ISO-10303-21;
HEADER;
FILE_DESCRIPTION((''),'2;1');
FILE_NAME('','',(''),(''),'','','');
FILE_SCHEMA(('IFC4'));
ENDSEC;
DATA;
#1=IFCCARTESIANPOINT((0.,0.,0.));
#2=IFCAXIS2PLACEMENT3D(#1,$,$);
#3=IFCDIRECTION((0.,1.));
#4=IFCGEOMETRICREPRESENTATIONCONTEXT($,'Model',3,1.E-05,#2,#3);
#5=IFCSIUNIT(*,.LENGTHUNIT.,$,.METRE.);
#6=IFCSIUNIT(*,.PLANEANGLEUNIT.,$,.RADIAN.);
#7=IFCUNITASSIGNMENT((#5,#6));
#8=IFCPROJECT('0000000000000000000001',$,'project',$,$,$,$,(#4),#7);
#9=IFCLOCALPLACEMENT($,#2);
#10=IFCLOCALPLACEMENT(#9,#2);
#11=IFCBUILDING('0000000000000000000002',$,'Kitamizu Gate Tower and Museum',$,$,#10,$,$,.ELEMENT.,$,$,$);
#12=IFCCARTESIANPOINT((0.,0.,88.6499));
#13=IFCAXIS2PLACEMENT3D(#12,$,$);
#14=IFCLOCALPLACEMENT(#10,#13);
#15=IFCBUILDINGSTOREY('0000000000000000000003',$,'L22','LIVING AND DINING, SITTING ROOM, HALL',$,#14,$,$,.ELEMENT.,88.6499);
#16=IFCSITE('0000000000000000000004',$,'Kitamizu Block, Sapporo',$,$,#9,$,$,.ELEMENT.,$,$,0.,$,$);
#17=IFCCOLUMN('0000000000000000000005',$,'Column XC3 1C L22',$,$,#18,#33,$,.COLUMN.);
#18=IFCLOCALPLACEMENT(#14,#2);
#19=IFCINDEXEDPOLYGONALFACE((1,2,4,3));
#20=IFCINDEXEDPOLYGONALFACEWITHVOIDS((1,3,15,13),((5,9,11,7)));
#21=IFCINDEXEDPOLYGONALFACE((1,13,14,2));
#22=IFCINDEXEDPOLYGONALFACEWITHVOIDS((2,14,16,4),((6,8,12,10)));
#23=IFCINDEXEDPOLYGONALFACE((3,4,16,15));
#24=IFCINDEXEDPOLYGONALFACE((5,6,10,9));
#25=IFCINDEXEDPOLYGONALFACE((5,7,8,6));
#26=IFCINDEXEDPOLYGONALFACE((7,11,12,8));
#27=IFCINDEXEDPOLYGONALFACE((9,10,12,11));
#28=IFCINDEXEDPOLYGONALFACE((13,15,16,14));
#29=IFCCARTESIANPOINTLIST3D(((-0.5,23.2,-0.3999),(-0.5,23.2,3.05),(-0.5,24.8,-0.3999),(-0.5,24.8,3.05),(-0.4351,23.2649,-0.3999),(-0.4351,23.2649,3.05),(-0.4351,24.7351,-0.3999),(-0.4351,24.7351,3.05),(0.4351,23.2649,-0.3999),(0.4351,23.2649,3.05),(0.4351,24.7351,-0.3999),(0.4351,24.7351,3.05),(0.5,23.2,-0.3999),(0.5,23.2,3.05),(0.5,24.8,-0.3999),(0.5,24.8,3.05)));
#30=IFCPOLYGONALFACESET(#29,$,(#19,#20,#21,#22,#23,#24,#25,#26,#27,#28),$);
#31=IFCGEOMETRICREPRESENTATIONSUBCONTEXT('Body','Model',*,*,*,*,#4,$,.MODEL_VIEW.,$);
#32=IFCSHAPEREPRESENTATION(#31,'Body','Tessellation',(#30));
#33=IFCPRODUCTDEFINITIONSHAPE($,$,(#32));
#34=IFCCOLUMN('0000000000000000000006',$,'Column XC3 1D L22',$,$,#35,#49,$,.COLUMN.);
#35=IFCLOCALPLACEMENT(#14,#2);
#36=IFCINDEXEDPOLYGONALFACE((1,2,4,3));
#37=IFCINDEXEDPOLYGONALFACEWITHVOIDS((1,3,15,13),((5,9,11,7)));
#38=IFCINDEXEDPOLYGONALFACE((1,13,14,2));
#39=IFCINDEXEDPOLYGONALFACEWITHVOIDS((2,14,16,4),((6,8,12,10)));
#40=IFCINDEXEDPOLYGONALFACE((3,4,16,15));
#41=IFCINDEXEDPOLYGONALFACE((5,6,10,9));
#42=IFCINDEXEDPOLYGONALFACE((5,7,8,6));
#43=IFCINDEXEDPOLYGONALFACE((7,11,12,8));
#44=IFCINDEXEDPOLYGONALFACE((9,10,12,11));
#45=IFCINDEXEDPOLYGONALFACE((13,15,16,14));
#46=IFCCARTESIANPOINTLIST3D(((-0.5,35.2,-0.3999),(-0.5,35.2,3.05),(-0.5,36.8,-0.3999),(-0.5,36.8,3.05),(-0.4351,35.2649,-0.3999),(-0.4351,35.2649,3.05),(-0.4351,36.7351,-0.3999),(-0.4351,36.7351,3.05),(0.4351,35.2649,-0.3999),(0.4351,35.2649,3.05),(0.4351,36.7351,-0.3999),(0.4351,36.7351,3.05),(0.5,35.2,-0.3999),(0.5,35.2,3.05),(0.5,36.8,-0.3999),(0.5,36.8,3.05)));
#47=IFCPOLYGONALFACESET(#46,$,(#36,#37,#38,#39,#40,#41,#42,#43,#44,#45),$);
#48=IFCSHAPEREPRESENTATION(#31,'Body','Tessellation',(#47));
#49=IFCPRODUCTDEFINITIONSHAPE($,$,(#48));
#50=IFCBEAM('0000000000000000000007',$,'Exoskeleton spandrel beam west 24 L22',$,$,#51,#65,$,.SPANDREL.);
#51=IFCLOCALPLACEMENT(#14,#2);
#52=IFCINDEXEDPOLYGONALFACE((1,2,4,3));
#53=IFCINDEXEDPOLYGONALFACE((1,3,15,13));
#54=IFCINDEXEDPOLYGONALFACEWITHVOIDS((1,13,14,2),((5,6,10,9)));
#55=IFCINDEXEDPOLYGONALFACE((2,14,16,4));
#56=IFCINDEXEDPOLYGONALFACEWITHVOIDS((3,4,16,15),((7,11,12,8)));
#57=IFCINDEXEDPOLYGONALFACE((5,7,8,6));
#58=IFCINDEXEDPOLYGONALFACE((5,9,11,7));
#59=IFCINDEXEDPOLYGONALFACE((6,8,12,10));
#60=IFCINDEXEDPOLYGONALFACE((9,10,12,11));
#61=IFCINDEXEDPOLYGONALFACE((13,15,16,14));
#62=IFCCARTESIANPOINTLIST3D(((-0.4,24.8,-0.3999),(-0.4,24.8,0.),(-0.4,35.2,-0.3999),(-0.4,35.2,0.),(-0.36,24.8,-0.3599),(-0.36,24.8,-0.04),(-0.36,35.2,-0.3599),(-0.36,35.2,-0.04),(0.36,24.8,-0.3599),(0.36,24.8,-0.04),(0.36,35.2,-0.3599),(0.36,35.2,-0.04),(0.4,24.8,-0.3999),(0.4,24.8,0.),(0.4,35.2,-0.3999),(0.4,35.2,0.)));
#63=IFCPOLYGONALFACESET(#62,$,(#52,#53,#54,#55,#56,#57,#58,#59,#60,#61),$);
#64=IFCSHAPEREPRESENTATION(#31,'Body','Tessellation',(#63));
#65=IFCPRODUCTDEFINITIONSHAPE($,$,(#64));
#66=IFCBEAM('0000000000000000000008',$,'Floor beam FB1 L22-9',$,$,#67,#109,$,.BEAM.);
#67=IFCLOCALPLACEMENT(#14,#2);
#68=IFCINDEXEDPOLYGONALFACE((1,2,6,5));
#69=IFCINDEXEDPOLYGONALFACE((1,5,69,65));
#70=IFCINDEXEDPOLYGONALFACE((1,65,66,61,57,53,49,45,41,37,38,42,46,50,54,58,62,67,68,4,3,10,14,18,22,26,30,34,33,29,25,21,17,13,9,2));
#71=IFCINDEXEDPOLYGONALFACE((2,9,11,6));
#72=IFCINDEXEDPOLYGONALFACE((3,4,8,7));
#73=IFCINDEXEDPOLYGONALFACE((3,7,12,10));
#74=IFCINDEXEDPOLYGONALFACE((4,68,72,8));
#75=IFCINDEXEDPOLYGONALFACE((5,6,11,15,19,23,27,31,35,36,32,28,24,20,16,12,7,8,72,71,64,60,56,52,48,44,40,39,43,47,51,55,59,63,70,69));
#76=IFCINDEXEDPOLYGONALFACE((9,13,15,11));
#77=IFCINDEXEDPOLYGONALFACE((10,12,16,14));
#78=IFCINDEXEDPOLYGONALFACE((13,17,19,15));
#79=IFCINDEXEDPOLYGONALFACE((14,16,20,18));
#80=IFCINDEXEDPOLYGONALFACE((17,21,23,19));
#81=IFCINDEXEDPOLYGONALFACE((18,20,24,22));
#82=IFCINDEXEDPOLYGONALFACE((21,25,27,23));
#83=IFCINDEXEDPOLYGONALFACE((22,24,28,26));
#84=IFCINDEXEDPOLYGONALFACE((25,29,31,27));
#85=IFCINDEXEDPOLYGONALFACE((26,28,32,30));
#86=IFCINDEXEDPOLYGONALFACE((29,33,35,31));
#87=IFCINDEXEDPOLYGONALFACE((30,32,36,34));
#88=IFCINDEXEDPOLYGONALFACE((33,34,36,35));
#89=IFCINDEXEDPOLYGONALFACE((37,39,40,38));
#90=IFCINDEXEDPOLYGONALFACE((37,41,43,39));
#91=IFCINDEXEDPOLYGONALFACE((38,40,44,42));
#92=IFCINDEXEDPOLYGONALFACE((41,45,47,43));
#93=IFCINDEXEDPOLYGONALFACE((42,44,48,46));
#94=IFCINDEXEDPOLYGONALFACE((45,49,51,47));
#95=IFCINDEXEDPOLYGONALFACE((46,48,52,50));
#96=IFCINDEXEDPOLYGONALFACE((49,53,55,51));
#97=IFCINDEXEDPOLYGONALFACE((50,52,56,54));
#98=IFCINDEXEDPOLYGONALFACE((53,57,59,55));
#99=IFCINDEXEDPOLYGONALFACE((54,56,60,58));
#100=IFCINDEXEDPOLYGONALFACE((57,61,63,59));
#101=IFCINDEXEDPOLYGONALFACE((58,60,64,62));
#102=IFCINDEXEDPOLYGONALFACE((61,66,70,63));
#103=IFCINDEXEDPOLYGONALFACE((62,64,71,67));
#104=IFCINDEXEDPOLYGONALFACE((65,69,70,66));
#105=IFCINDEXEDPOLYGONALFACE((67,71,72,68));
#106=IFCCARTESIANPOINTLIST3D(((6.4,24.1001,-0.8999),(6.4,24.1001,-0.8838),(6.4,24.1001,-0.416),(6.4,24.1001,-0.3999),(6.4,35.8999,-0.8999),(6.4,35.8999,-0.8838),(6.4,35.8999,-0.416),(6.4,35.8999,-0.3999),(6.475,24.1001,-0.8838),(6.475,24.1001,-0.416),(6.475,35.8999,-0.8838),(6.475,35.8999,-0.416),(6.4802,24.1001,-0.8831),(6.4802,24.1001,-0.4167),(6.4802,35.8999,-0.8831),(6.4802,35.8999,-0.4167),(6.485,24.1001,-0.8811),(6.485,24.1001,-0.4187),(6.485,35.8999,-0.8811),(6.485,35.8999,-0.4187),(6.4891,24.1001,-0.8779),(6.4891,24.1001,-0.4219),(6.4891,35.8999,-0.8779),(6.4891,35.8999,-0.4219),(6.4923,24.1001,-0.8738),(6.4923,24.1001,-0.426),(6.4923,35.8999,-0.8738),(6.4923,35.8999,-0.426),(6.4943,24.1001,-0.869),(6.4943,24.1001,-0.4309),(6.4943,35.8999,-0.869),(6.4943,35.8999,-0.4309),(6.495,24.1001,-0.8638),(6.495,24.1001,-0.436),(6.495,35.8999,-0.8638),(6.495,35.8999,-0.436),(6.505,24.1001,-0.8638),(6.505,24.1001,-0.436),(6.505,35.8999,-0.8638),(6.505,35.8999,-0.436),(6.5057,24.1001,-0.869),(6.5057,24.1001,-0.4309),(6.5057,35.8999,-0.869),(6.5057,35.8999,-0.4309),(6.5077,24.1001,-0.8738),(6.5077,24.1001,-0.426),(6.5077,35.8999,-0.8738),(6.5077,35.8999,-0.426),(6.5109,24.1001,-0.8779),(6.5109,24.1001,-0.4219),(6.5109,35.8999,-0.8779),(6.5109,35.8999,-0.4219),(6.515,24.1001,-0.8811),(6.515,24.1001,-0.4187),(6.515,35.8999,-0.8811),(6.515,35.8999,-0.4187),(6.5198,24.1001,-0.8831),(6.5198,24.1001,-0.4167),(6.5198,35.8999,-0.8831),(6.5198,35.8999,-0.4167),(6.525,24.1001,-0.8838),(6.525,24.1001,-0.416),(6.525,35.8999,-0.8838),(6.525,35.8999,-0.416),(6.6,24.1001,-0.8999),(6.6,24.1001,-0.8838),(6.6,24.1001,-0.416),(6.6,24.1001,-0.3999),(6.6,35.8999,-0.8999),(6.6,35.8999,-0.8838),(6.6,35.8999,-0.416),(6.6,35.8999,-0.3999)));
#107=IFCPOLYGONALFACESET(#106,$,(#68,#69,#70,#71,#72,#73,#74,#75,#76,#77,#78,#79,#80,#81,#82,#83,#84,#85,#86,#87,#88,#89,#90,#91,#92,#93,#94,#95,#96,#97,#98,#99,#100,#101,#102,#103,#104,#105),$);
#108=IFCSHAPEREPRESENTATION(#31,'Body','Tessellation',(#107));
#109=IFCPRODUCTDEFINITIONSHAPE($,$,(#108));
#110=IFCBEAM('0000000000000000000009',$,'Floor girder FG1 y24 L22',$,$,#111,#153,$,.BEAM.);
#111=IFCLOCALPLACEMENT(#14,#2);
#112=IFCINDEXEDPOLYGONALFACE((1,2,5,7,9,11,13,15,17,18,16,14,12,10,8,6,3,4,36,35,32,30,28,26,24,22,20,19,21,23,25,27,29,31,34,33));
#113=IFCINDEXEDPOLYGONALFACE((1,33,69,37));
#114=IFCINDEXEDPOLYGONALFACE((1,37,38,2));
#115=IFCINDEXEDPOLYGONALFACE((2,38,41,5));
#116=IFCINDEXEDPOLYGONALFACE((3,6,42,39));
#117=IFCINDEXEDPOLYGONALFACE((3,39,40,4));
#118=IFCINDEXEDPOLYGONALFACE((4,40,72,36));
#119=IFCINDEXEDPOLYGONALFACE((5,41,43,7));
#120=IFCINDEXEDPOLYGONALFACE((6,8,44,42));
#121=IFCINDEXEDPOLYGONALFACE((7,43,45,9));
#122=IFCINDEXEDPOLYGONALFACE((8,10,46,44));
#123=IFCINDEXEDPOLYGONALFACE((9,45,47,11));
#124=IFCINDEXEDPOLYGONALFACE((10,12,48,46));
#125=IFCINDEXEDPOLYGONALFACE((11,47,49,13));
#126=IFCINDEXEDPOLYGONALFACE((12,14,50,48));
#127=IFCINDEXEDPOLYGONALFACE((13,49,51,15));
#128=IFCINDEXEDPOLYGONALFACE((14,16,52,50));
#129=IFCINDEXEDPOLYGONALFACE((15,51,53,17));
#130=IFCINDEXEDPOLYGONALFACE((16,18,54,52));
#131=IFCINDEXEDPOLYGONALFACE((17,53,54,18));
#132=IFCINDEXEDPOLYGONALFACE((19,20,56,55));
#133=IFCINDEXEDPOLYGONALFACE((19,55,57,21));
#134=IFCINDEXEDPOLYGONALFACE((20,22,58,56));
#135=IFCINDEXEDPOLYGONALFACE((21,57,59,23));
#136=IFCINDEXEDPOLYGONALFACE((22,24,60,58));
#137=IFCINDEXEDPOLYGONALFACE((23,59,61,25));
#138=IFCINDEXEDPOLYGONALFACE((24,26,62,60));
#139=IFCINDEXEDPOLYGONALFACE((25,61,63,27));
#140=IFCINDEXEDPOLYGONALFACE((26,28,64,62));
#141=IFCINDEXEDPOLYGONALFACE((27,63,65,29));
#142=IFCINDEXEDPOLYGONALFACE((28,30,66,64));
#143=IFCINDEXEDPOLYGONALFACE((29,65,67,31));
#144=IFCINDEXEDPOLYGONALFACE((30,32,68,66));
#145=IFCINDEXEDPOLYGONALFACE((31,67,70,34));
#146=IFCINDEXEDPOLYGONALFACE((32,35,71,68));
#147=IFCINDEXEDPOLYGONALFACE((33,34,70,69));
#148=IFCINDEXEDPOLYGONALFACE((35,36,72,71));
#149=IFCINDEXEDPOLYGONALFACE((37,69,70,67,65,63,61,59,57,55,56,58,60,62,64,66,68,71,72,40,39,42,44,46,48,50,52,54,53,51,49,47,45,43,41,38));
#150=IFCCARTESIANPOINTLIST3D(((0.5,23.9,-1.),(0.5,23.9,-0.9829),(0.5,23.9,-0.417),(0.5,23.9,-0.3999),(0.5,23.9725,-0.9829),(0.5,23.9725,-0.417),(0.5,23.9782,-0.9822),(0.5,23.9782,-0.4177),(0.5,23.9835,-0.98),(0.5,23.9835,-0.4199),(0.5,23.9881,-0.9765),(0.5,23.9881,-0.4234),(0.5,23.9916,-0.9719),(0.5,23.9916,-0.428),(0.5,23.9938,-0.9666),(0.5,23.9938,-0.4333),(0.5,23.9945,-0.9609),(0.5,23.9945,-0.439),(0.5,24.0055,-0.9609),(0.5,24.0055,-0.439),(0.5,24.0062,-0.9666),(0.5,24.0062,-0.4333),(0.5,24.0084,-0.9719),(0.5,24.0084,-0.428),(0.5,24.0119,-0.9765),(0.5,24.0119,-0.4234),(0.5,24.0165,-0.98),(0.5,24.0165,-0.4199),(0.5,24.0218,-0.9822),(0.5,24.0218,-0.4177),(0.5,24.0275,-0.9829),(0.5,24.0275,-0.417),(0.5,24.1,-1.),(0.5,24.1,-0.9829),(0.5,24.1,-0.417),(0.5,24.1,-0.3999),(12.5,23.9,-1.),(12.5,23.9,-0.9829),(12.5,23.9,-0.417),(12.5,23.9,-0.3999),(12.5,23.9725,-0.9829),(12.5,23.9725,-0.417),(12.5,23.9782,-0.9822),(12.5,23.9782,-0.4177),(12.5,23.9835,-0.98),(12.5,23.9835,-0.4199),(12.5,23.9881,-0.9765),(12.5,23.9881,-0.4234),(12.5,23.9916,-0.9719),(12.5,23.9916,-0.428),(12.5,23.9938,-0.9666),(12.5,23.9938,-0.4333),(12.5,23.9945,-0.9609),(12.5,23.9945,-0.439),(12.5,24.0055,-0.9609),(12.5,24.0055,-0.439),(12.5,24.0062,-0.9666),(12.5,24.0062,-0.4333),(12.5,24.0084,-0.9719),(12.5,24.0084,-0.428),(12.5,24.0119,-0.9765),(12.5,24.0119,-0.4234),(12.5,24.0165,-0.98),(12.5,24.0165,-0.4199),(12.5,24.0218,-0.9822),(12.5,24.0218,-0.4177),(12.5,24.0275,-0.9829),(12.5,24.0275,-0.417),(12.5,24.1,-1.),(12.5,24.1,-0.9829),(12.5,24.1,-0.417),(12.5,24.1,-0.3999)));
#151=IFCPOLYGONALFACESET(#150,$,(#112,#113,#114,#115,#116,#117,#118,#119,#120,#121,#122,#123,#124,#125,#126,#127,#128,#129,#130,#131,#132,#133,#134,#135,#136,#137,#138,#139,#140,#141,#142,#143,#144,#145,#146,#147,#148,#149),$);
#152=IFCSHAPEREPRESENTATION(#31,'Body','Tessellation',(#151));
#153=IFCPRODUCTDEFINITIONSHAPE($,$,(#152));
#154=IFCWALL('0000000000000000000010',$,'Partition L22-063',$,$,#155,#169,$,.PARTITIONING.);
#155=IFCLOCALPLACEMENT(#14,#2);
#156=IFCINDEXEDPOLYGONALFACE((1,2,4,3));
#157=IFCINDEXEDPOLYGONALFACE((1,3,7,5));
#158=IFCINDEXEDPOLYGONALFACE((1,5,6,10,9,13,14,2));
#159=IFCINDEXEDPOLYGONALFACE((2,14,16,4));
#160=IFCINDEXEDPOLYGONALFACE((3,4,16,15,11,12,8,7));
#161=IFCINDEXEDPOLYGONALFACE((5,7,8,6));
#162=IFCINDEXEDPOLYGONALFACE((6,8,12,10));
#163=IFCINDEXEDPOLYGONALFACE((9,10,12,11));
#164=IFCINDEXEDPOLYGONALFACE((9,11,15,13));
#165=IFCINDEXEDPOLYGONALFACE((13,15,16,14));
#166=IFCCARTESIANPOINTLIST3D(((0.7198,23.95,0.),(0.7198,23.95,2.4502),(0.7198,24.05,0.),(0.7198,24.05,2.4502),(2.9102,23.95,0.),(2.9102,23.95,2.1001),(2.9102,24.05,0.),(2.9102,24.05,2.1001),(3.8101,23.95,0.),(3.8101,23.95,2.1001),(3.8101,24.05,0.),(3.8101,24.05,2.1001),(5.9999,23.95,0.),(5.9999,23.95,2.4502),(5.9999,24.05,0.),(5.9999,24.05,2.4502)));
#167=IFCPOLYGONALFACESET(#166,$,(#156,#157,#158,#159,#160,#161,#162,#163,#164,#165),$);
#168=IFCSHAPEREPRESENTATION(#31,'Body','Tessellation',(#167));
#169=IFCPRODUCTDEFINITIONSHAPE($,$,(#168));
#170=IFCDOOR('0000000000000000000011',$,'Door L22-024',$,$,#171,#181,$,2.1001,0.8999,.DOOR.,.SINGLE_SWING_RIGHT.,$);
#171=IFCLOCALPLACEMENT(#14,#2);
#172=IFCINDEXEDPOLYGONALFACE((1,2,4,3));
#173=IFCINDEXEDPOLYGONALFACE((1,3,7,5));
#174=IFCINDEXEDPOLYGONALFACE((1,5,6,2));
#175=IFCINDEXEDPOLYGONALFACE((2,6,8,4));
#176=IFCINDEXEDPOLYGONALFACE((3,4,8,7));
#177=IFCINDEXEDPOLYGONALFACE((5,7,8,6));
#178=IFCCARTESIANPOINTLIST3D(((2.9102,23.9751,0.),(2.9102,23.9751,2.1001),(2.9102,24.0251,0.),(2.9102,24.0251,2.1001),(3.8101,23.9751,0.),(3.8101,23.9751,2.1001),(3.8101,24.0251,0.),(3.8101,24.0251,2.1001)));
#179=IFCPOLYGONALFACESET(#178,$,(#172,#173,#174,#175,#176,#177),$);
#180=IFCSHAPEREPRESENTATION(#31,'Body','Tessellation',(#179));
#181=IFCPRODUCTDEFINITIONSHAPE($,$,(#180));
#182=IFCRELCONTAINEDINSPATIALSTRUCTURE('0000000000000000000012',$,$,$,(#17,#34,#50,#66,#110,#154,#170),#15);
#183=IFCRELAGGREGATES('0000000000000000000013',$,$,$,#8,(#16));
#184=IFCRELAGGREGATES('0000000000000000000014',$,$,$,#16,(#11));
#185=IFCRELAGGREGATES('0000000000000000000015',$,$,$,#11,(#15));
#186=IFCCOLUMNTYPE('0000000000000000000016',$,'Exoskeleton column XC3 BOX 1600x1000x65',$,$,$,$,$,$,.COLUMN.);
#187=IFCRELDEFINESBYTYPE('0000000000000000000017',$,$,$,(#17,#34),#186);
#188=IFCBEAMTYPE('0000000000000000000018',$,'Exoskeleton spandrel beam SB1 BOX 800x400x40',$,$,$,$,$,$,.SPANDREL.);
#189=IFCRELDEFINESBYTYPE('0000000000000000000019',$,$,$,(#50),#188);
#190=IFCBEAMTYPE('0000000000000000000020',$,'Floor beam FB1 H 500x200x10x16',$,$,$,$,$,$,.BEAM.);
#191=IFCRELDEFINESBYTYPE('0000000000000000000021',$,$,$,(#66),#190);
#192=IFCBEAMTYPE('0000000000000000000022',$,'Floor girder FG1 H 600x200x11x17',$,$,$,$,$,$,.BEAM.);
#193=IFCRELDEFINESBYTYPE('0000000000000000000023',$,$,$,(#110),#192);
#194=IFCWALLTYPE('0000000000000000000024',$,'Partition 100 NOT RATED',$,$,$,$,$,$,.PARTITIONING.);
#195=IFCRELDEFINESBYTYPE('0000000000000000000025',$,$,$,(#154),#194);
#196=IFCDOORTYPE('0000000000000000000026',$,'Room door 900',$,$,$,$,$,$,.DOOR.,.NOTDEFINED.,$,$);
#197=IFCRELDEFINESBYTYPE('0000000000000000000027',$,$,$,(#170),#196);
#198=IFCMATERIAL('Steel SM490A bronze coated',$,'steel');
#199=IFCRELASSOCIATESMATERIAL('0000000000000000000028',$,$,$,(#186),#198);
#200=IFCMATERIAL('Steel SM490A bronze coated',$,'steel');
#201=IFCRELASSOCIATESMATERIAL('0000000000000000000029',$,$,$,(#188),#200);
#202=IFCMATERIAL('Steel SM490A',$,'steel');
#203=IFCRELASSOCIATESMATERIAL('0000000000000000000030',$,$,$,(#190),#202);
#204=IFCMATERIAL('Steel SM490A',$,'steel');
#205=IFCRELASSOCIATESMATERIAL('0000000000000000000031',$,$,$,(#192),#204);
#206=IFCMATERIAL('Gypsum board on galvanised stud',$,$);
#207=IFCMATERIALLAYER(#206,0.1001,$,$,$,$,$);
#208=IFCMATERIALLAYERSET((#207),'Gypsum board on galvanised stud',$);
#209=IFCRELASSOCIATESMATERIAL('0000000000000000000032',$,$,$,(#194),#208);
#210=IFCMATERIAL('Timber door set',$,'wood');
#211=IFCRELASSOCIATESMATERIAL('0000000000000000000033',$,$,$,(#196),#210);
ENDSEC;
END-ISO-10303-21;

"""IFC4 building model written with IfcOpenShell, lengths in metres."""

from ifc_helpers import new_model, si_unit, direction, frame, frame_2d, origin, origin_2d, place, context, subcontext, project, spatial, rectangle, hollow_rectangle, i_section, extrude, material, layer, layer_set, material_profile, profile_set, type_object, element, fill, save


model = new_model("IFC4")

# Units and contexts
model_context = context("Model", 3, precision=1e-05, world=origin(), true_north=direction((0.0, 1.0)))
body_context = subcontext(model_context, "Body", "Model", "MODEL_VIEW")
ifc_project = project(units=[si_unit("LENGTHUNIT", "METRE"), si_unit("PLANEANGLEUNIT", "RADIAN")], contexts=[model_context])

# Site, building, storey
site_placement = place(None, origin())
site = spatial("IfcSite", under=ifc_project, at=site_placement, Name="Kitamizu Block, Sapporo", CompositionType="ELEMENT", RefElevation=0.0)
building_placement = place(site_placement, origin())
building = spatial("IfcBuilding", under=site, at=building_placement, Name="Kitamizu Gate Tower and Museum", CompositionType="ELEMENT")
storey_placement = place(building_placement, frame((0.0, 0.0, 88.6499)))
storey = spatial("IfcBuildingStorey", under=building, at=storey_placement, Name="L22", Description="LIVING AND DINING, SITTING ROOM, HALL", CompositionType="ELEMENT", Elevation=88.6499)

# Columns
ifc_material_1 = material(Name="Steel SM490A bronze coated", Category="steel")
ifc_material_profile_1 = material_profile(ifc_material_1, hollow_rectangle(XDim=1.6001, YDim=1.0, WallThickness=0.0649, at=origin_2d()), Name="BOX 1600x1000x65")
ifc_profile_set_1 = profile_set([ifc_material_profile_1], Name="Steel SM490A bronze coated")
column_type = type_object("IfcColumnType", Name="Exoskeleton column XC3 BOX 1600x1000x65", PredefinedType="COLUMN", material=ifc_profile_set_1)
for number, where, z_axis, x_axis, name in (
    (1, (0.0, 24.0, -0.3999), (0.0, 0.0, 1.0), (0.0, 1.0, 0.0), "Column XC3 1C L22"),
    (2, (0.0, 36.0, -0.3999), (0.0, 0.0, 1.0), (0.0, 1.0, 0.0), "Column XC3 1D L22"),
):
    element("IfcColumn", number, at=place(storey_placement, frame(where, z_axis=z_axis, x_axis=x_axis)), inside=storey, type_object=column_type, Name=name, PredefinedType="COLUMN", context=body_context, shape_type="SweptSolid", body=[
        extrude(hollow_rectangle(XDim=1.6001, YDim=1.0, WallThickness=0.0649, at=origin_2d()), origin(), (0.0, 0.0, 1.0), 3.45),
    ])

# Beams
ifc_material_2 = material(Name="Steel SM490A bronze coated", Category="steel")
ifc_material_profile_2 = material_profile(ifc_material_2, hollow_rectangle(XDim=0.8, YDim=0.3999, WallThickness=0.04, at=origin_2d()), Name="BOX 800x400x40")
ifc_profile_set_2 = profile_set([ifc_material_profile_2], Name="Steel SM490A bronze coated")
beam_type_1 = type_object("IfcBeamType", Name="Exoskeleton spandrel beam SB1 BOX 800x400x40", PredefinedType="SPANDREL", material=ifc_profile_set_2)
beam_1_placement = place(storey_placement, frame((0.0, 24.8, -0.2), z_axis=(0.0, 1.0, 0.0), x_axis=(-1.0, 0.0, 0.0)))
element("IfcBeam", 3, at=beam_1_placement, inside=storey, type_object=beam_type_1, Name="Exoskeleton spandrel beam west 24 L22", PredefinedType="SPANDREL", context=body_context, shape_type="SweptSolid", body=[
    extrude(hollow_rectangle(XDim=0.8, YDim=0.3999, WallThickness=0.04, at=origin_2d()), origin(), (0.0, 0.0, 1.0), 10.3999),
])
ifc_material_3 = material(Name="Steel SM490A", Category="steel")
ifc_material_profile_3 = material_profile(ifc_material_3, i_section(OverallWidth=0.2, OverallDepth=0.5, WebThickness=0.01, FlangeThickness=0.0161, FilletRadius=0.02, at=origin_2d()), Name="H-500x200x10x16")
ifc_profile_set_3 = profile_set([ifc_material_profile_3], Name="Steel SM490A")
beam_type_2 = type_object("IfcBeamType", Name="Floor beam FB1 H 500x200x10x16", PredefinedType="BEAM", material=ifc_profile_set_3)
beam_2_placement = place(storey_placement, frame((6.5, 24.1001, -0.6499), z_axis=(0.0, 1.0, 0.0), x_axis=(-1.0, 0.0, 0.0)))
element("IfcBeam", 4, at=beam_2_placement, inside=storey, type_object=beam_type_2, Name="Floor beam FB1 L22-9", PredefinedType="BEAM", context=body_context, shape_type="SweptSolid", body=[
    extrude(i_section(OverallWidth=0.2, OverallDepth=0.5, WebThickness=0.01, FlangeThickness=0.0161, FilletRadius=0.02, at=origin_2d()), origin(), (0.0, 0.0, 1.0), 11.7998),
])
ifc_material_4 = material(Name="Steel SM490A", Category="steel")
ifc_material_profile_4 = material_profile(ifc_material_4, i_section(OverallWidth=0.2, OverallDepth=0.6001, WebThickness=0.011, FlangeThickness=0.0171, FilletRadius=0.022, at=origin_2d()), Name="H-600x200x11x17")
ifc_profile_set_4 = profile_set([ifc_material_profile_4], Name="Steel SM490A")
beam_type_3 = type_object("IfcBeamType", Name="Floor girder FG1 H 600x200x11x17", PredefinedType="BEAM", material=ifc_profile_set_4)
beam_3_placement = place(storey_placement, frame((0.5, 24.0, -0.7), z_axis=(1.0, 0.0, 0.0), x_axis=(0.0, 1.0, 0.0)))
element("IfcBeam", 5, at=beam_3_placement, inside=storey, type_object=beam_type_3, Name="Floor girder FG1 y24 L22", PredefinedType="BEAM", context=body_context, shape_type="SweptSolid", body=[
    extrude(i_section(OverallWidth=0.2, OverallDepth=0.6001, WebThickness=0.011, FlangeThickness=0.0171, FilletRadius=0.022, at=origin_2d()), origin(), (0.0, 0.0, 1.0), 12.0),
])

# Wall, opening, door
ifc_material_5 = material(Name="Gypsum board on galvanised stud")
ifc_layer_1 = layer(ifc_material_5, 0.1001)
ifc_layer_set_1 = layer_set([ifc_layer_1], Name="Gypsum board on galvanised stud")
wall_type_1 = type_object("IfcWallType", Name="Partition 100 NOT RATED", PredefinedType="PARTITIONING", material=ifc_layer_set_1)
wall_1_placement = place(storey_placement, frame((6.0, 24.0, 0.0), z_axis=(0.0, 0.0, 1.0), x_axis=(-1.0, 0.0, 0.0)))
wall_1 = element("IfcWall", 6, at=wall_1_placement, inside=storey, type_object=wall_type_1, Name="Partition L22-063", PredefinedType="PARTITIONING", context=body_context, shape_type="SweptSolid", body=[
    extrude(rectangle(XDim=5.28, YDim=0.1001, at=frame_2d((2.6401, 0.0))), origin(), (0.0, 0.0, 1.0), 2.4502),
])
opening_1_placement = place(wall_1_placement, frame((2.1899, 0.0, 0.0)))
opening_1 = element("IfcOpeningElement", 7, at=opening_1_placement, cuts=wall_1, PredefinedType="OPENING", context=body_context, shape_type="SweptSolid", body=[
    extrude(rectangle(XDim=0.8999, YDim=2.1001, at=frame_2d((0.45, 1.05))), frame((0.0, 0.0601, 0.0), z_axis=(0.0, -1.0, 0.0), x_axis=(1.0, 0.0, 0.0)), (0.0, 0.0, 1.0), 0.1201),
])
ifc_material_6 = material(Name="Timber door set", Category="wood")
door_type_1 = type_object("IfcDoorType", Name="Room door 900", OperationType="NOTDEFINED", PredefinedType="DOOR", material=ifc_material_6)
door_1_placement = place(opening_1_placement, origin())
door_1 = element("IfcDoor", 8, at=door_1_placement, inside=storey, type_object=door_type_1, Name="Door L22-024", OperationType="SINGLE_SWING_RIGHT", OverallHeight=2.1001, OverallWidth=0.8999, PredefinedType="DOOR", context=body_context, shape_type="SweptSolid", body=[
    extrude(rectangle(XDim=0.8999, YDim=2.1001, at=frame_2d((0.45, 1.05))), frame((0.0, 0.0249, 0.0), z_axis=(0.0, -1.0, 0.0), x_axis=(1.0, 0.0, 0.0)), (0.0, 0.0, 1.0), 0.05),
])
fill(opening_1, door_1)

save(model, "model.ifc")
